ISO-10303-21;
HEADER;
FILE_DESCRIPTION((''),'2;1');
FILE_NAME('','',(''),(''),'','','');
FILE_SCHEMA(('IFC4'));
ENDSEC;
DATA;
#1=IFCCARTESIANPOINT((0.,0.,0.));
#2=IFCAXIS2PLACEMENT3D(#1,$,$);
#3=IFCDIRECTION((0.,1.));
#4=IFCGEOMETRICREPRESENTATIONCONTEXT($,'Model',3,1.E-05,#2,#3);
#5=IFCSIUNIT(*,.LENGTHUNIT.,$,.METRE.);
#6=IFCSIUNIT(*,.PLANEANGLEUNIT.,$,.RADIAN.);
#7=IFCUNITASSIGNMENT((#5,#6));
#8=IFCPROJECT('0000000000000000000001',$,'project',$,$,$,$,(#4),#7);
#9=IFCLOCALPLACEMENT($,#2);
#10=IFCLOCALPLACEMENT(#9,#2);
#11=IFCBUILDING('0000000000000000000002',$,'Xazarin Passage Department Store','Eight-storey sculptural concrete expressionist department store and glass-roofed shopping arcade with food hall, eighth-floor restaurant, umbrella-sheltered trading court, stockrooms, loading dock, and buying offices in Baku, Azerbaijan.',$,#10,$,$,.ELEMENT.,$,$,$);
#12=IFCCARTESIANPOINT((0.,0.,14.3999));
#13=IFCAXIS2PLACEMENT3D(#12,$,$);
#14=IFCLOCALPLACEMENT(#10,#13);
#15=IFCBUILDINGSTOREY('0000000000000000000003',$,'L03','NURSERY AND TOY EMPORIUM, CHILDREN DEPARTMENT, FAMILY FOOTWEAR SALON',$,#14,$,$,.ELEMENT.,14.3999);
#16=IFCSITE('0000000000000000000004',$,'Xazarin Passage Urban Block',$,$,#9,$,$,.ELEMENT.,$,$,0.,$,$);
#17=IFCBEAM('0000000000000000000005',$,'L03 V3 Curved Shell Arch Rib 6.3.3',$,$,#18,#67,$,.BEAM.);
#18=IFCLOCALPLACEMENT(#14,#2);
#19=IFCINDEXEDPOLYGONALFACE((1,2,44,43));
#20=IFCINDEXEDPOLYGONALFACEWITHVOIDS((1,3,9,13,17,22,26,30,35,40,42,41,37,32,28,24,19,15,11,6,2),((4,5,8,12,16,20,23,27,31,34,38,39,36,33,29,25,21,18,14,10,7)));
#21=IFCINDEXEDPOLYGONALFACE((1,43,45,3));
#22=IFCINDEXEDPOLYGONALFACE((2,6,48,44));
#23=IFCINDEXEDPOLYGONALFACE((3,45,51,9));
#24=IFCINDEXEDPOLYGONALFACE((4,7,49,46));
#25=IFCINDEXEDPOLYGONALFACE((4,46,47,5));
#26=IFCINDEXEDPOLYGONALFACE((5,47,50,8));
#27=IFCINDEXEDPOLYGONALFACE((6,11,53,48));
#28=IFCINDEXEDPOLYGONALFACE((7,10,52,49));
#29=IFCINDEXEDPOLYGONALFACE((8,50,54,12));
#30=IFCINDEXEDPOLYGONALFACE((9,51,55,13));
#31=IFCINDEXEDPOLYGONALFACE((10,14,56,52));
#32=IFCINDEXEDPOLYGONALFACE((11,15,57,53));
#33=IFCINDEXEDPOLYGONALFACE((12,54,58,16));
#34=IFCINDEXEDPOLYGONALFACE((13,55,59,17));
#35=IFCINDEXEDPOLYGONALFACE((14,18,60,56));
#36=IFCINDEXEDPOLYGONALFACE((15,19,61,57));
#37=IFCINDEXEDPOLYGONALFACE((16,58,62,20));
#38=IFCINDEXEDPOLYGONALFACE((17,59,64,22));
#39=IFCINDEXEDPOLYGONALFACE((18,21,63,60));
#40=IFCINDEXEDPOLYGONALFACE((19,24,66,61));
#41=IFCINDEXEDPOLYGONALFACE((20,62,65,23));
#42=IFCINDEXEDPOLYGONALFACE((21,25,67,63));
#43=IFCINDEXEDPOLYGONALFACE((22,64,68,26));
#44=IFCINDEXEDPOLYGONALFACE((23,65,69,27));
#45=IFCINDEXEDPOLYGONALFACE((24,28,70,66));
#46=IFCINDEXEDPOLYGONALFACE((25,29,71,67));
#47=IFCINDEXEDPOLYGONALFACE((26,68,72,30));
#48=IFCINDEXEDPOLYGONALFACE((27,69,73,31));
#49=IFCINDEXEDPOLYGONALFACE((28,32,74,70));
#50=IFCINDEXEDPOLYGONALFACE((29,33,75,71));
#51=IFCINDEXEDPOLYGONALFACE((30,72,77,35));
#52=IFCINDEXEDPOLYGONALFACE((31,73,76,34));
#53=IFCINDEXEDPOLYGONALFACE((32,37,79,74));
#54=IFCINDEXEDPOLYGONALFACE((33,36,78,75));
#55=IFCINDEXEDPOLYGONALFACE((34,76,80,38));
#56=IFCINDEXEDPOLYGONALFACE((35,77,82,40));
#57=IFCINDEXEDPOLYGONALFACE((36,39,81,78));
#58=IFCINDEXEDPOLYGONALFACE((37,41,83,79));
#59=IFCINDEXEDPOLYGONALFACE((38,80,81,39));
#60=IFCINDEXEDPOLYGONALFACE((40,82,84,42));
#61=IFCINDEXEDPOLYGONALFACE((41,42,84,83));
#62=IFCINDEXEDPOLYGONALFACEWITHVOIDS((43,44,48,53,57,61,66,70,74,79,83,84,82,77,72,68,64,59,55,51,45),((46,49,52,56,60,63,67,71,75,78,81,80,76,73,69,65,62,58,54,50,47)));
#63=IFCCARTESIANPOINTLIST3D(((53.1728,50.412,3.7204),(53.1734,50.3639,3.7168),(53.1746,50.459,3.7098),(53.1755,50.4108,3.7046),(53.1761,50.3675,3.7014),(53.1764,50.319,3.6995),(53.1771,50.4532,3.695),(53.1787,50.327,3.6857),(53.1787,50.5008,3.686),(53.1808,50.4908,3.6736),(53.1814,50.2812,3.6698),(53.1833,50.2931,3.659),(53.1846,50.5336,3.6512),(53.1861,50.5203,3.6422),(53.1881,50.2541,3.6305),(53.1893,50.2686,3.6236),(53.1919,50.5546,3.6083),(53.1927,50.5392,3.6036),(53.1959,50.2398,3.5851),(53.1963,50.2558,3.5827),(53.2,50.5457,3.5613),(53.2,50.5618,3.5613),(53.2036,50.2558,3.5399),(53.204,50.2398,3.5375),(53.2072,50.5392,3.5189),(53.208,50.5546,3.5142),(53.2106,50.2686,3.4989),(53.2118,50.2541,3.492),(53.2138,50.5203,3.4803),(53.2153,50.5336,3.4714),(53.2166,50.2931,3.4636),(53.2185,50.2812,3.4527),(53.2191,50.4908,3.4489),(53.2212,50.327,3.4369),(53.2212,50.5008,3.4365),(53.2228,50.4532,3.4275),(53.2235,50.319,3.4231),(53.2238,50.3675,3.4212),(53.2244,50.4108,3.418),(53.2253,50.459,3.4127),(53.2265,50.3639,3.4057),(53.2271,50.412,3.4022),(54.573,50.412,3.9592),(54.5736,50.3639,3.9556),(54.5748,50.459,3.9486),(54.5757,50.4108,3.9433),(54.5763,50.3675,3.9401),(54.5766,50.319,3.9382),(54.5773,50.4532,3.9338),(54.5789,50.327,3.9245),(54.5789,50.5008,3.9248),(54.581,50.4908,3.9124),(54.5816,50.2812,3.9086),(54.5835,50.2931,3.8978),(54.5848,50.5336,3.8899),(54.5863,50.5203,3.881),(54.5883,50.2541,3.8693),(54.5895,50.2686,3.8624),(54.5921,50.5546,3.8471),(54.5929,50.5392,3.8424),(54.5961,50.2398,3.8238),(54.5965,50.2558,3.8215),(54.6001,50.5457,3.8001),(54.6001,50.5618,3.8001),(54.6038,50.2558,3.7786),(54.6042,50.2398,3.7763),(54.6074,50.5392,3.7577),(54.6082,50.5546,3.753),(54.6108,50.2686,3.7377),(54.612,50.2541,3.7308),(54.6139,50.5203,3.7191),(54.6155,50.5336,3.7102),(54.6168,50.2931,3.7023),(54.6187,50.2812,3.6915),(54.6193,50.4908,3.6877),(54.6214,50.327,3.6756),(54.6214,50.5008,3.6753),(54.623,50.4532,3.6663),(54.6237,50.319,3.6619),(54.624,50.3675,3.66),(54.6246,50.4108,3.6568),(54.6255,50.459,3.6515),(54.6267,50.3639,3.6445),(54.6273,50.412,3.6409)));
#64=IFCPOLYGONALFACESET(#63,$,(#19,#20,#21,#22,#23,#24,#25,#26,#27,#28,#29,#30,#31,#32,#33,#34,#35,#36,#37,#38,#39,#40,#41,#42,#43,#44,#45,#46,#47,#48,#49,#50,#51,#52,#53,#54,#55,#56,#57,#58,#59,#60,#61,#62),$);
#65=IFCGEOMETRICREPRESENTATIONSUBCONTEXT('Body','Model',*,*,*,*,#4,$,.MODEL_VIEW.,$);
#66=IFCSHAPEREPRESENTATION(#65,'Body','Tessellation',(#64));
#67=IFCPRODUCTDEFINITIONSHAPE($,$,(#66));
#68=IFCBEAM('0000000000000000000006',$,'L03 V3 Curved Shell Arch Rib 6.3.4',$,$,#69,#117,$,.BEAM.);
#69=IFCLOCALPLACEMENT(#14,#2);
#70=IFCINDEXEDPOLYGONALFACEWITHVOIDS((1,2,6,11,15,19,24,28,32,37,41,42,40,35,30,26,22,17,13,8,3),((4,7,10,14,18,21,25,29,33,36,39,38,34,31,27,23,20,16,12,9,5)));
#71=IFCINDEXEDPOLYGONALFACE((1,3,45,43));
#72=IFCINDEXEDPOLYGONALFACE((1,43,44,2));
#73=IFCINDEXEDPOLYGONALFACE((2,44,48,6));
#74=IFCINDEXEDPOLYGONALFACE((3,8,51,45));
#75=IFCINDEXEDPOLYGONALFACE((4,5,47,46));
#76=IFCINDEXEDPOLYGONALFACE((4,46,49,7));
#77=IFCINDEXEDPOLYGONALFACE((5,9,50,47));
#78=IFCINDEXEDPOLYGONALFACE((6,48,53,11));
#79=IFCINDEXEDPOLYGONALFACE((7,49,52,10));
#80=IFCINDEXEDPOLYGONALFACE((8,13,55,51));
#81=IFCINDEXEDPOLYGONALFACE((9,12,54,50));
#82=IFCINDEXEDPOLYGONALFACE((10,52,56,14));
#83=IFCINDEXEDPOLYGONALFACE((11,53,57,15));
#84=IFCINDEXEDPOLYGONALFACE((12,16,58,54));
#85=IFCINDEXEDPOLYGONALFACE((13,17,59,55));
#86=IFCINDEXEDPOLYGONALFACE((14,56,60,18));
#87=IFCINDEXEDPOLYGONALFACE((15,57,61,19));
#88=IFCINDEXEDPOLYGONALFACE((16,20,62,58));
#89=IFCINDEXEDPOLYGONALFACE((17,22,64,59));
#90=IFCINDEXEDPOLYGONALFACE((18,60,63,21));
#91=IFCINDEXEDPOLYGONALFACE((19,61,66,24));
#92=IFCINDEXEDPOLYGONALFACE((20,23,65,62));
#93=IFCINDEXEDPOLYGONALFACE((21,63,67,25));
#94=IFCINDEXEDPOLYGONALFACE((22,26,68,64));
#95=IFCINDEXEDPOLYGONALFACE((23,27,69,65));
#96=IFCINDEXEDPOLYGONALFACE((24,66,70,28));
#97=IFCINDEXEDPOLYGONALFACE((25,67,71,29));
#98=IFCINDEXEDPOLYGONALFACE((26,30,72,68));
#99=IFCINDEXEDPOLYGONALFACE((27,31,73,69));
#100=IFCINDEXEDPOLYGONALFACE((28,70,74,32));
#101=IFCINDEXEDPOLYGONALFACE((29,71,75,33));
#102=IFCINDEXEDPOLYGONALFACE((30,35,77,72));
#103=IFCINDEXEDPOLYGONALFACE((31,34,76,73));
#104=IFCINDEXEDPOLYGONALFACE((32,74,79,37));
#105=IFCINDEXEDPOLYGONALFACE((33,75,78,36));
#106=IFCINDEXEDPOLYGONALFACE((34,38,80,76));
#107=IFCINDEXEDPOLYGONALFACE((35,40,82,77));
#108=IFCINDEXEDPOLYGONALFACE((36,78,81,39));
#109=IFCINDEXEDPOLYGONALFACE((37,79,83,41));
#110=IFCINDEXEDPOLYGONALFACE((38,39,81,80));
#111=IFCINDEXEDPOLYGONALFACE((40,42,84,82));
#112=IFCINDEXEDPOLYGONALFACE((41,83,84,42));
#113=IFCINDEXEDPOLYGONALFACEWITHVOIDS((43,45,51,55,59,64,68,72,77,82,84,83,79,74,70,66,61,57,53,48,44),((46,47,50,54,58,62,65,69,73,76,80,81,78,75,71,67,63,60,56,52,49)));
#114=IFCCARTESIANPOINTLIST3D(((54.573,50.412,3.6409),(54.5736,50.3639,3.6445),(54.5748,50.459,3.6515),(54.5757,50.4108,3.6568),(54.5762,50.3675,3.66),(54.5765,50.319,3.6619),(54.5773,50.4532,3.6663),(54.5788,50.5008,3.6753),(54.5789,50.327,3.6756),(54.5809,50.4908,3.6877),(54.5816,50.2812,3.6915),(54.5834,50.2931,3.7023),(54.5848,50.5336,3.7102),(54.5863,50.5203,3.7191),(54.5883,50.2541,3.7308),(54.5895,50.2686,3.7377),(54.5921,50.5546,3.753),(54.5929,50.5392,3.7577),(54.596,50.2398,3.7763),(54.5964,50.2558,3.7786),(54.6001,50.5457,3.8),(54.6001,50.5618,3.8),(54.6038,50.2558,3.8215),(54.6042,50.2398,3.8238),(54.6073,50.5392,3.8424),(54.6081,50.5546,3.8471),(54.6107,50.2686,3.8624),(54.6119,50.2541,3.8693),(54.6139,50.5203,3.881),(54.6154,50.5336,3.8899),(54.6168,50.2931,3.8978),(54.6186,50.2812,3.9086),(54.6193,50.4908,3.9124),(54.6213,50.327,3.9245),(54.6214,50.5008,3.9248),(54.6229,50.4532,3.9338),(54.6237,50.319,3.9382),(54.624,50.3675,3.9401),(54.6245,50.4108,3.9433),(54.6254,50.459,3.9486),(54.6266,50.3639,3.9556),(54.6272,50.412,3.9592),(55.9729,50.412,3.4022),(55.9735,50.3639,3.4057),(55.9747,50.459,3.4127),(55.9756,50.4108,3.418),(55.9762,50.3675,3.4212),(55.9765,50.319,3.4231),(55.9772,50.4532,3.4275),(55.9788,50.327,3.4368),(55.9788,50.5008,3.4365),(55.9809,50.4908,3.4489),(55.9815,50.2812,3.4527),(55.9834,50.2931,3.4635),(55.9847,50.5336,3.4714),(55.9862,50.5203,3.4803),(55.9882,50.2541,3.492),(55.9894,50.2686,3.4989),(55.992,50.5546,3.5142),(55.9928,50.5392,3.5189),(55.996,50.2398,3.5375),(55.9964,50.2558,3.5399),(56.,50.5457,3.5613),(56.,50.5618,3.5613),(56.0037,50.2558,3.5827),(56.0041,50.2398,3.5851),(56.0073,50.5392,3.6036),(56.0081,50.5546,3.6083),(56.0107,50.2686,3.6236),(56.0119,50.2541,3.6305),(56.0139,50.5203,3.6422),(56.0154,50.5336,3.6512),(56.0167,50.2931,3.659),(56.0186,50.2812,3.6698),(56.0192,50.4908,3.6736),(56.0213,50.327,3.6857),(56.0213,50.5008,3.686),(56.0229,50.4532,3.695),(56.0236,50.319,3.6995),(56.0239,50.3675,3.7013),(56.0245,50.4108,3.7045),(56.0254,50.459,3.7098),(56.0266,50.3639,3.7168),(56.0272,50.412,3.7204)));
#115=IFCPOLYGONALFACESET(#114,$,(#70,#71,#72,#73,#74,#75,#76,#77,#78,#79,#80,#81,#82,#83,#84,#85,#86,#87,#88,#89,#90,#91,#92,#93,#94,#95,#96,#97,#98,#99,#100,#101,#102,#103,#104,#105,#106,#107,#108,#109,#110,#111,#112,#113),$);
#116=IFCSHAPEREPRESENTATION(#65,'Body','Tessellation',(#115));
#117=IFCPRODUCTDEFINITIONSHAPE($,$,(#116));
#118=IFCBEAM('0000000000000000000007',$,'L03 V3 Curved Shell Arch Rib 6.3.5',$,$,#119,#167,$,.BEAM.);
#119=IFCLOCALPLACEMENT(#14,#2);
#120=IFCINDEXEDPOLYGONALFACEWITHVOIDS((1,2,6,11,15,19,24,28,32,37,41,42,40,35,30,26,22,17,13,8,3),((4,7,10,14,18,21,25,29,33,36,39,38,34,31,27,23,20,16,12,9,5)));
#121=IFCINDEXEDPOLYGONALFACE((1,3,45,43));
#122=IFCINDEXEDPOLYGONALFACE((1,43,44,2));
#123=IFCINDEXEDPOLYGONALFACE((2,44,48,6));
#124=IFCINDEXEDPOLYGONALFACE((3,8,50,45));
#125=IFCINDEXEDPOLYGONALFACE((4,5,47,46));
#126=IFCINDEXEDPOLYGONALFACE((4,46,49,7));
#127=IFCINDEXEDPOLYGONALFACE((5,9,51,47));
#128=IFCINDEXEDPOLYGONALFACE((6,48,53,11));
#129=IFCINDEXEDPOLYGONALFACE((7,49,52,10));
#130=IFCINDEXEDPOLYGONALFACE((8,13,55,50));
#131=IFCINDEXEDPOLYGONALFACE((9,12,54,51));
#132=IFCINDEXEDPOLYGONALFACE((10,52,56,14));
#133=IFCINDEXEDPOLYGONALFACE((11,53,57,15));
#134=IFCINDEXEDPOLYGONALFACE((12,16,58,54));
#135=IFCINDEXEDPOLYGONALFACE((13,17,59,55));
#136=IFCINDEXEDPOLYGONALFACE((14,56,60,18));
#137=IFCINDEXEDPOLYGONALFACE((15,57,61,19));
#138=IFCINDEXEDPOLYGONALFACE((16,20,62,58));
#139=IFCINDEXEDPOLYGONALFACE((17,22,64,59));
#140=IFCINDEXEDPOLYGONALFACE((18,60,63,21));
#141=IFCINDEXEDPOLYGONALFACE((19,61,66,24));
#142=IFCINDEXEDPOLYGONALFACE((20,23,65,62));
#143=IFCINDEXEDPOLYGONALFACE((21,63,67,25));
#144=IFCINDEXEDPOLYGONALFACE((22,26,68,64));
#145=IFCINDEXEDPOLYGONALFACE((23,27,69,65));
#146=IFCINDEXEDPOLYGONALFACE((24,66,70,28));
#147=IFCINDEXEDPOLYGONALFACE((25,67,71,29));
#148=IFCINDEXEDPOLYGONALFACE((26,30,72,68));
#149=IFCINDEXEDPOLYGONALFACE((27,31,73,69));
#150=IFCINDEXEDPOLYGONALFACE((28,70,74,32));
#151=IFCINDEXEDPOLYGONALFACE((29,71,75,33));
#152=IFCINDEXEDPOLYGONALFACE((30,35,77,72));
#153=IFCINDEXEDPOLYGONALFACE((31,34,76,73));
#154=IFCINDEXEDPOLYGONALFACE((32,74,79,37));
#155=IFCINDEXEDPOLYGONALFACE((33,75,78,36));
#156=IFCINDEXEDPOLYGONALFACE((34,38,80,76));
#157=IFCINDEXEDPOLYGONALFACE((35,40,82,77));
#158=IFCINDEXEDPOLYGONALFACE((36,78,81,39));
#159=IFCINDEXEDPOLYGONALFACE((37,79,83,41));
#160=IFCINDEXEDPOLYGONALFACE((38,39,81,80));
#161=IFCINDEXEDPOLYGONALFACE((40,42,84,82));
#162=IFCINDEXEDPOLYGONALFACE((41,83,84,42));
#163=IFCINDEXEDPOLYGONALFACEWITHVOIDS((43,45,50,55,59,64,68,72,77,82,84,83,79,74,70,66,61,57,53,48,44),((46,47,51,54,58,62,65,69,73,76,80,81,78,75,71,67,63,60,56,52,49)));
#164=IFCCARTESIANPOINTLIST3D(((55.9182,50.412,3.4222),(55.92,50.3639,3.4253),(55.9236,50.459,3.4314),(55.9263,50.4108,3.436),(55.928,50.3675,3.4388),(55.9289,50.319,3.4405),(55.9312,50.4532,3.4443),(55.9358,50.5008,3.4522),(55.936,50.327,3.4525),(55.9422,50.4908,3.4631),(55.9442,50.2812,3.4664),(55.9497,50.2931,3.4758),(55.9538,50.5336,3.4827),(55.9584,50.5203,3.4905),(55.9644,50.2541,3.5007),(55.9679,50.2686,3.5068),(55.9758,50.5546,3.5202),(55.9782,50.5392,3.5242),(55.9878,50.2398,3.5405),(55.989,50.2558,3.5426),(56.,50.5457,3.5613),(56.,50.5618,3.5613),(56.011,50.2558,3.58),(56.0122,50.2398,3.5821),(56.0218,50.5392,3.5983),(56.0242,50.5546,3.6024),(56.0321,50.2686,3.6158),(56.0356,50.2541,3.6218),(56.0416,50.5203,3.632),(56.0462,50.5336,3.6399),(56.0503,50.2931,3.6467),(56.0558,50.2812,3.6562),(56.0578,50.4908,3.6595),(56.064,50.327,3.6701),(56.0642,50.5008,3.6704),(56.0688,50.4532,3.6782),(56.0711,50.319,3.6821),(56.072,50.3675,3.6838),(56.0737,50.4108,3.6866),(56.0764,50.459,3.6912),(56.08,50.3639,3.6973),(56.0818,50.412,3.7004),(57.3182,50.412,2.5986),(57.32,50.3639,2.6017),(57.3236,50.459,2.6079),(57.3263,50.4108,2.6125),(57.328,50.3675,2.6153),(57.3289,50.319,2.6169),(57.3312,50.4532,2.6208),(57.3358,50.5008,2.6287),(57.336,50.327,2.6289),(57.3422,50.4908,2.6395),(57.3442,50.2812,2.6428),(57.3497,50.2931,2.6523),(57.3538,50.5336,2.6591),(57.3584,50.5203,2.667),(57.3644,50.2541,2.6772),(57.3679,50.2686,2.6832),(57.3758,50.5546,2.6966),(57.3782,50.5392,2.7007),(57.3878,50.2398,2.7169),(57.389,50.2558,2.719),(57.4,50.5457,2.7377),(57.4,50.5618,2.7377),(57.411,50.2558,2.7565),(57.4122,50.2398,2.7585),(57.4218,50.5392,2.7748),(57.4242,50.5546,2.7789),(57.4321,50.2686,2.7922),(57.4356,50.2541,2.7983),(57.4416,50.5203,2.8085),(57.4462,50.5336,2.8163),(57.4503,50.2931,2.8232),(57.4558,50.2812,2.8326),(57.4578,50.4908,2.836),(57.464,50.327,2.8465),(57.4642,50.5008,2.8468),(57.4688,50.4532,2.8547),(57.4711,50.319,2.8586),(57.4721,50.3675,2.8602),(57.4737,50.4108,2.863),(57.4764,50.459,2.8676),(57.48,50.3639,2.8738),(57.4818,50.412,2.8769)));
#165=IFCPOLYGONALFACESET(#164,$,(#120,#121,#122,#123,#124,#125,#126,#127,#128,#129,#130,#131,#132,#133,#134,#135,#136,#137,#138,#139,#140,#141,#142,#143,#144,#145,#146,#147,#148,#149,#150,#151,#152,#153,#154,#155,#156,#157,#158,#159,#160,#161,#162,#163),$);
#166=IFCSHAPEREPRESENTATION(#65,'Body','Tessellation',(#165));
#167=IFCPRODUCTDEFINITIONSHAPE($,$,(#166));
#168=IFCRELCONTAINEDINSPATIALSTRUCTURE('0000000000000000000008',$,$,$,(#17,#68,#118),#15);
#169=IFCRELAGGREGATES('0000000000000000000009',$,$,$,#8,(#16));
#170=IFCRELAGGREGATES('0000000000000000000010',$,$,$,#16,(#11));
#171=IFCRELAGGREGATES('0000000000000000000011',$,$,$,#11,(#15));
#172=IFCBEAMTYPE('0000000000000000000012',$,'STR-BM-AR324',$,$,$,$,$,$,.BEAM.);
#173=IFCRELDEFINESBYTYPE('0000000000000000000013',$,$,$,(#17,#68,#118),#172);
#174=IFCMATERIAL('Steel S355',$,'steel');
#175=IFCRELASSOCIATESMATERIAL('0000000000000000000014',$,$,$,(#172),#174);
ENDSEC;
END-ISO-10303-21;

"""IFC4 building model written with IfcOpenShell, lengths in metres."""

from ifc_helpers import new_model, si_unit, direction, frame, origin, origin_2d, place, context, subcontext, project, spatial, hollow_circle, extrude, material, material_profile, profile_set, type_object, element, save


model = new_model("IFC4")

# Units and contexts
model_context = context("Model", 3, precision=1e-05, world=origin(), true_north=direction((0.0, 1.0)))
body_context = subcontext(model_context, "Body", "Model", "MODEL_VIEW")
ifc_project = project(units=[si_unit("LENGTHUNIT", "METRE"), si_unit("PLANEANGLEUNIT", "RADIAN")], contexts=[model_context])

# Site, building, storey
site_placement = place(None, origin())
site = spatial("IfcSite", under=ifc_project, at=site_placement, Name="Xazarin Passage Urban Block", CompositionType="ELEMENT", RefElevation=0.0)
building_placement = place(site_placement, origin())
building = spatial("IfcBuilding", under=site, at=building_placement, Name="Xazarin Passage Department Store", Description="Eight-storey sculptural concrete expressionist department store and glass-roofed shopping arcade with food hall, eighth-floor restaurant, umbrella-sheltered trading court, stockrooms, loading dock, and buying offices in Baku, Azerbaijan.", CompositionType="ELEMENT")
storey_placement = place(building_placement, frame((0.0, 0.0, 14.3999)))
storey = spatial("IfcBuildingStorey", under=building, at=storey_placement, Name="L03", Description="NURSERY AND TOY EMPORIUM, CHILDREN DEPARTMENT, FAMILY FOOTWEAR SALON", CompositionType="ELEMENT", Elevation=14.3999)

# Beams
ifc_material_1 = material(Name="Steel S355", Category="steel")
ifc_material_profile_1 = material_profile(ifc_material_1, hollow_circle(Radius=0.1619, WallThickness=0.0161, at=origin_2d()), Name="CHS 323.9x16")
ifc_profile_set_1 = profile_set([ifc_material_profile_1], Name="Steel S355")
beam_type_1 = type_object("IfcBeamType", Name="STR-BM-AR324", PredefinedType="BEAM", material=ifc_profile_set_1)
beam_1_placement = place(storey_placement, frame((53.2, 50.3999, 3.5613), z_axis=(0.985769, 0.0, 0.168105), x_axis=(0.0, 1.0, 0.0)))
element("IfcBeam", 1, at=beam_1_placement, inside=storey, type_object=beam_type_1, Name="L03 V3 Curved Shell Arch Rib 6.3.3", PredefinedType="BEAM", context=body_context, shape_type="SweptSolid", body=[
    extrude(hollow_circle(Radius=0.1619, WallThickness=0.0161, at=origin_2d()), origin(), (0.0, 0.0, 1.0), 1.4204),
])
beam_2_placement = place(storey_placement, frame((54.6001, 50.3999, 3.8), z_axis=(0.985764, 0.0, -0.168133), x_axis=(0.0, 1.0, 0.0)))
element("IfcBeam", 2, at=beam_2_placement, inside=storey, type_object=beam_type_1, Name="L03 V3 Curved Shell Arch Rib 6.3.4", PredefinedType="BEAM", context=body_context, shape_type="SweptSolid", body=[
    extrude(hollow_circle(Radius=0.1619, WallThickness=0.0161, at=origin_2d()), origin(), (0.0, 0.0, 1.0), 1.4202),
])
beam_3_placement = place(storey_placement, frame((56.0, 50.3999, 3.5613), z_axis=(0.86193, 0.0, -0.507027), x_axis=(0.0, 1.0, 0.0)))
element("IfcBeam", 3, at=beam_3_placement, inside=storey, type_object=beam_type_1, Name="L03 V3 Curved Shell Arch Rib 6.3.5", PredefinedType="BEAM", context=body_context, shape_type="SweptSolid", body=[
    extrude(hollow_circle(Radius=0.1619, WallThickness=0.0161, at=origin_2d()), origin(), (0.0, 0.0, 1.0), 1.6243),
])

save(model, "model.ifc")
